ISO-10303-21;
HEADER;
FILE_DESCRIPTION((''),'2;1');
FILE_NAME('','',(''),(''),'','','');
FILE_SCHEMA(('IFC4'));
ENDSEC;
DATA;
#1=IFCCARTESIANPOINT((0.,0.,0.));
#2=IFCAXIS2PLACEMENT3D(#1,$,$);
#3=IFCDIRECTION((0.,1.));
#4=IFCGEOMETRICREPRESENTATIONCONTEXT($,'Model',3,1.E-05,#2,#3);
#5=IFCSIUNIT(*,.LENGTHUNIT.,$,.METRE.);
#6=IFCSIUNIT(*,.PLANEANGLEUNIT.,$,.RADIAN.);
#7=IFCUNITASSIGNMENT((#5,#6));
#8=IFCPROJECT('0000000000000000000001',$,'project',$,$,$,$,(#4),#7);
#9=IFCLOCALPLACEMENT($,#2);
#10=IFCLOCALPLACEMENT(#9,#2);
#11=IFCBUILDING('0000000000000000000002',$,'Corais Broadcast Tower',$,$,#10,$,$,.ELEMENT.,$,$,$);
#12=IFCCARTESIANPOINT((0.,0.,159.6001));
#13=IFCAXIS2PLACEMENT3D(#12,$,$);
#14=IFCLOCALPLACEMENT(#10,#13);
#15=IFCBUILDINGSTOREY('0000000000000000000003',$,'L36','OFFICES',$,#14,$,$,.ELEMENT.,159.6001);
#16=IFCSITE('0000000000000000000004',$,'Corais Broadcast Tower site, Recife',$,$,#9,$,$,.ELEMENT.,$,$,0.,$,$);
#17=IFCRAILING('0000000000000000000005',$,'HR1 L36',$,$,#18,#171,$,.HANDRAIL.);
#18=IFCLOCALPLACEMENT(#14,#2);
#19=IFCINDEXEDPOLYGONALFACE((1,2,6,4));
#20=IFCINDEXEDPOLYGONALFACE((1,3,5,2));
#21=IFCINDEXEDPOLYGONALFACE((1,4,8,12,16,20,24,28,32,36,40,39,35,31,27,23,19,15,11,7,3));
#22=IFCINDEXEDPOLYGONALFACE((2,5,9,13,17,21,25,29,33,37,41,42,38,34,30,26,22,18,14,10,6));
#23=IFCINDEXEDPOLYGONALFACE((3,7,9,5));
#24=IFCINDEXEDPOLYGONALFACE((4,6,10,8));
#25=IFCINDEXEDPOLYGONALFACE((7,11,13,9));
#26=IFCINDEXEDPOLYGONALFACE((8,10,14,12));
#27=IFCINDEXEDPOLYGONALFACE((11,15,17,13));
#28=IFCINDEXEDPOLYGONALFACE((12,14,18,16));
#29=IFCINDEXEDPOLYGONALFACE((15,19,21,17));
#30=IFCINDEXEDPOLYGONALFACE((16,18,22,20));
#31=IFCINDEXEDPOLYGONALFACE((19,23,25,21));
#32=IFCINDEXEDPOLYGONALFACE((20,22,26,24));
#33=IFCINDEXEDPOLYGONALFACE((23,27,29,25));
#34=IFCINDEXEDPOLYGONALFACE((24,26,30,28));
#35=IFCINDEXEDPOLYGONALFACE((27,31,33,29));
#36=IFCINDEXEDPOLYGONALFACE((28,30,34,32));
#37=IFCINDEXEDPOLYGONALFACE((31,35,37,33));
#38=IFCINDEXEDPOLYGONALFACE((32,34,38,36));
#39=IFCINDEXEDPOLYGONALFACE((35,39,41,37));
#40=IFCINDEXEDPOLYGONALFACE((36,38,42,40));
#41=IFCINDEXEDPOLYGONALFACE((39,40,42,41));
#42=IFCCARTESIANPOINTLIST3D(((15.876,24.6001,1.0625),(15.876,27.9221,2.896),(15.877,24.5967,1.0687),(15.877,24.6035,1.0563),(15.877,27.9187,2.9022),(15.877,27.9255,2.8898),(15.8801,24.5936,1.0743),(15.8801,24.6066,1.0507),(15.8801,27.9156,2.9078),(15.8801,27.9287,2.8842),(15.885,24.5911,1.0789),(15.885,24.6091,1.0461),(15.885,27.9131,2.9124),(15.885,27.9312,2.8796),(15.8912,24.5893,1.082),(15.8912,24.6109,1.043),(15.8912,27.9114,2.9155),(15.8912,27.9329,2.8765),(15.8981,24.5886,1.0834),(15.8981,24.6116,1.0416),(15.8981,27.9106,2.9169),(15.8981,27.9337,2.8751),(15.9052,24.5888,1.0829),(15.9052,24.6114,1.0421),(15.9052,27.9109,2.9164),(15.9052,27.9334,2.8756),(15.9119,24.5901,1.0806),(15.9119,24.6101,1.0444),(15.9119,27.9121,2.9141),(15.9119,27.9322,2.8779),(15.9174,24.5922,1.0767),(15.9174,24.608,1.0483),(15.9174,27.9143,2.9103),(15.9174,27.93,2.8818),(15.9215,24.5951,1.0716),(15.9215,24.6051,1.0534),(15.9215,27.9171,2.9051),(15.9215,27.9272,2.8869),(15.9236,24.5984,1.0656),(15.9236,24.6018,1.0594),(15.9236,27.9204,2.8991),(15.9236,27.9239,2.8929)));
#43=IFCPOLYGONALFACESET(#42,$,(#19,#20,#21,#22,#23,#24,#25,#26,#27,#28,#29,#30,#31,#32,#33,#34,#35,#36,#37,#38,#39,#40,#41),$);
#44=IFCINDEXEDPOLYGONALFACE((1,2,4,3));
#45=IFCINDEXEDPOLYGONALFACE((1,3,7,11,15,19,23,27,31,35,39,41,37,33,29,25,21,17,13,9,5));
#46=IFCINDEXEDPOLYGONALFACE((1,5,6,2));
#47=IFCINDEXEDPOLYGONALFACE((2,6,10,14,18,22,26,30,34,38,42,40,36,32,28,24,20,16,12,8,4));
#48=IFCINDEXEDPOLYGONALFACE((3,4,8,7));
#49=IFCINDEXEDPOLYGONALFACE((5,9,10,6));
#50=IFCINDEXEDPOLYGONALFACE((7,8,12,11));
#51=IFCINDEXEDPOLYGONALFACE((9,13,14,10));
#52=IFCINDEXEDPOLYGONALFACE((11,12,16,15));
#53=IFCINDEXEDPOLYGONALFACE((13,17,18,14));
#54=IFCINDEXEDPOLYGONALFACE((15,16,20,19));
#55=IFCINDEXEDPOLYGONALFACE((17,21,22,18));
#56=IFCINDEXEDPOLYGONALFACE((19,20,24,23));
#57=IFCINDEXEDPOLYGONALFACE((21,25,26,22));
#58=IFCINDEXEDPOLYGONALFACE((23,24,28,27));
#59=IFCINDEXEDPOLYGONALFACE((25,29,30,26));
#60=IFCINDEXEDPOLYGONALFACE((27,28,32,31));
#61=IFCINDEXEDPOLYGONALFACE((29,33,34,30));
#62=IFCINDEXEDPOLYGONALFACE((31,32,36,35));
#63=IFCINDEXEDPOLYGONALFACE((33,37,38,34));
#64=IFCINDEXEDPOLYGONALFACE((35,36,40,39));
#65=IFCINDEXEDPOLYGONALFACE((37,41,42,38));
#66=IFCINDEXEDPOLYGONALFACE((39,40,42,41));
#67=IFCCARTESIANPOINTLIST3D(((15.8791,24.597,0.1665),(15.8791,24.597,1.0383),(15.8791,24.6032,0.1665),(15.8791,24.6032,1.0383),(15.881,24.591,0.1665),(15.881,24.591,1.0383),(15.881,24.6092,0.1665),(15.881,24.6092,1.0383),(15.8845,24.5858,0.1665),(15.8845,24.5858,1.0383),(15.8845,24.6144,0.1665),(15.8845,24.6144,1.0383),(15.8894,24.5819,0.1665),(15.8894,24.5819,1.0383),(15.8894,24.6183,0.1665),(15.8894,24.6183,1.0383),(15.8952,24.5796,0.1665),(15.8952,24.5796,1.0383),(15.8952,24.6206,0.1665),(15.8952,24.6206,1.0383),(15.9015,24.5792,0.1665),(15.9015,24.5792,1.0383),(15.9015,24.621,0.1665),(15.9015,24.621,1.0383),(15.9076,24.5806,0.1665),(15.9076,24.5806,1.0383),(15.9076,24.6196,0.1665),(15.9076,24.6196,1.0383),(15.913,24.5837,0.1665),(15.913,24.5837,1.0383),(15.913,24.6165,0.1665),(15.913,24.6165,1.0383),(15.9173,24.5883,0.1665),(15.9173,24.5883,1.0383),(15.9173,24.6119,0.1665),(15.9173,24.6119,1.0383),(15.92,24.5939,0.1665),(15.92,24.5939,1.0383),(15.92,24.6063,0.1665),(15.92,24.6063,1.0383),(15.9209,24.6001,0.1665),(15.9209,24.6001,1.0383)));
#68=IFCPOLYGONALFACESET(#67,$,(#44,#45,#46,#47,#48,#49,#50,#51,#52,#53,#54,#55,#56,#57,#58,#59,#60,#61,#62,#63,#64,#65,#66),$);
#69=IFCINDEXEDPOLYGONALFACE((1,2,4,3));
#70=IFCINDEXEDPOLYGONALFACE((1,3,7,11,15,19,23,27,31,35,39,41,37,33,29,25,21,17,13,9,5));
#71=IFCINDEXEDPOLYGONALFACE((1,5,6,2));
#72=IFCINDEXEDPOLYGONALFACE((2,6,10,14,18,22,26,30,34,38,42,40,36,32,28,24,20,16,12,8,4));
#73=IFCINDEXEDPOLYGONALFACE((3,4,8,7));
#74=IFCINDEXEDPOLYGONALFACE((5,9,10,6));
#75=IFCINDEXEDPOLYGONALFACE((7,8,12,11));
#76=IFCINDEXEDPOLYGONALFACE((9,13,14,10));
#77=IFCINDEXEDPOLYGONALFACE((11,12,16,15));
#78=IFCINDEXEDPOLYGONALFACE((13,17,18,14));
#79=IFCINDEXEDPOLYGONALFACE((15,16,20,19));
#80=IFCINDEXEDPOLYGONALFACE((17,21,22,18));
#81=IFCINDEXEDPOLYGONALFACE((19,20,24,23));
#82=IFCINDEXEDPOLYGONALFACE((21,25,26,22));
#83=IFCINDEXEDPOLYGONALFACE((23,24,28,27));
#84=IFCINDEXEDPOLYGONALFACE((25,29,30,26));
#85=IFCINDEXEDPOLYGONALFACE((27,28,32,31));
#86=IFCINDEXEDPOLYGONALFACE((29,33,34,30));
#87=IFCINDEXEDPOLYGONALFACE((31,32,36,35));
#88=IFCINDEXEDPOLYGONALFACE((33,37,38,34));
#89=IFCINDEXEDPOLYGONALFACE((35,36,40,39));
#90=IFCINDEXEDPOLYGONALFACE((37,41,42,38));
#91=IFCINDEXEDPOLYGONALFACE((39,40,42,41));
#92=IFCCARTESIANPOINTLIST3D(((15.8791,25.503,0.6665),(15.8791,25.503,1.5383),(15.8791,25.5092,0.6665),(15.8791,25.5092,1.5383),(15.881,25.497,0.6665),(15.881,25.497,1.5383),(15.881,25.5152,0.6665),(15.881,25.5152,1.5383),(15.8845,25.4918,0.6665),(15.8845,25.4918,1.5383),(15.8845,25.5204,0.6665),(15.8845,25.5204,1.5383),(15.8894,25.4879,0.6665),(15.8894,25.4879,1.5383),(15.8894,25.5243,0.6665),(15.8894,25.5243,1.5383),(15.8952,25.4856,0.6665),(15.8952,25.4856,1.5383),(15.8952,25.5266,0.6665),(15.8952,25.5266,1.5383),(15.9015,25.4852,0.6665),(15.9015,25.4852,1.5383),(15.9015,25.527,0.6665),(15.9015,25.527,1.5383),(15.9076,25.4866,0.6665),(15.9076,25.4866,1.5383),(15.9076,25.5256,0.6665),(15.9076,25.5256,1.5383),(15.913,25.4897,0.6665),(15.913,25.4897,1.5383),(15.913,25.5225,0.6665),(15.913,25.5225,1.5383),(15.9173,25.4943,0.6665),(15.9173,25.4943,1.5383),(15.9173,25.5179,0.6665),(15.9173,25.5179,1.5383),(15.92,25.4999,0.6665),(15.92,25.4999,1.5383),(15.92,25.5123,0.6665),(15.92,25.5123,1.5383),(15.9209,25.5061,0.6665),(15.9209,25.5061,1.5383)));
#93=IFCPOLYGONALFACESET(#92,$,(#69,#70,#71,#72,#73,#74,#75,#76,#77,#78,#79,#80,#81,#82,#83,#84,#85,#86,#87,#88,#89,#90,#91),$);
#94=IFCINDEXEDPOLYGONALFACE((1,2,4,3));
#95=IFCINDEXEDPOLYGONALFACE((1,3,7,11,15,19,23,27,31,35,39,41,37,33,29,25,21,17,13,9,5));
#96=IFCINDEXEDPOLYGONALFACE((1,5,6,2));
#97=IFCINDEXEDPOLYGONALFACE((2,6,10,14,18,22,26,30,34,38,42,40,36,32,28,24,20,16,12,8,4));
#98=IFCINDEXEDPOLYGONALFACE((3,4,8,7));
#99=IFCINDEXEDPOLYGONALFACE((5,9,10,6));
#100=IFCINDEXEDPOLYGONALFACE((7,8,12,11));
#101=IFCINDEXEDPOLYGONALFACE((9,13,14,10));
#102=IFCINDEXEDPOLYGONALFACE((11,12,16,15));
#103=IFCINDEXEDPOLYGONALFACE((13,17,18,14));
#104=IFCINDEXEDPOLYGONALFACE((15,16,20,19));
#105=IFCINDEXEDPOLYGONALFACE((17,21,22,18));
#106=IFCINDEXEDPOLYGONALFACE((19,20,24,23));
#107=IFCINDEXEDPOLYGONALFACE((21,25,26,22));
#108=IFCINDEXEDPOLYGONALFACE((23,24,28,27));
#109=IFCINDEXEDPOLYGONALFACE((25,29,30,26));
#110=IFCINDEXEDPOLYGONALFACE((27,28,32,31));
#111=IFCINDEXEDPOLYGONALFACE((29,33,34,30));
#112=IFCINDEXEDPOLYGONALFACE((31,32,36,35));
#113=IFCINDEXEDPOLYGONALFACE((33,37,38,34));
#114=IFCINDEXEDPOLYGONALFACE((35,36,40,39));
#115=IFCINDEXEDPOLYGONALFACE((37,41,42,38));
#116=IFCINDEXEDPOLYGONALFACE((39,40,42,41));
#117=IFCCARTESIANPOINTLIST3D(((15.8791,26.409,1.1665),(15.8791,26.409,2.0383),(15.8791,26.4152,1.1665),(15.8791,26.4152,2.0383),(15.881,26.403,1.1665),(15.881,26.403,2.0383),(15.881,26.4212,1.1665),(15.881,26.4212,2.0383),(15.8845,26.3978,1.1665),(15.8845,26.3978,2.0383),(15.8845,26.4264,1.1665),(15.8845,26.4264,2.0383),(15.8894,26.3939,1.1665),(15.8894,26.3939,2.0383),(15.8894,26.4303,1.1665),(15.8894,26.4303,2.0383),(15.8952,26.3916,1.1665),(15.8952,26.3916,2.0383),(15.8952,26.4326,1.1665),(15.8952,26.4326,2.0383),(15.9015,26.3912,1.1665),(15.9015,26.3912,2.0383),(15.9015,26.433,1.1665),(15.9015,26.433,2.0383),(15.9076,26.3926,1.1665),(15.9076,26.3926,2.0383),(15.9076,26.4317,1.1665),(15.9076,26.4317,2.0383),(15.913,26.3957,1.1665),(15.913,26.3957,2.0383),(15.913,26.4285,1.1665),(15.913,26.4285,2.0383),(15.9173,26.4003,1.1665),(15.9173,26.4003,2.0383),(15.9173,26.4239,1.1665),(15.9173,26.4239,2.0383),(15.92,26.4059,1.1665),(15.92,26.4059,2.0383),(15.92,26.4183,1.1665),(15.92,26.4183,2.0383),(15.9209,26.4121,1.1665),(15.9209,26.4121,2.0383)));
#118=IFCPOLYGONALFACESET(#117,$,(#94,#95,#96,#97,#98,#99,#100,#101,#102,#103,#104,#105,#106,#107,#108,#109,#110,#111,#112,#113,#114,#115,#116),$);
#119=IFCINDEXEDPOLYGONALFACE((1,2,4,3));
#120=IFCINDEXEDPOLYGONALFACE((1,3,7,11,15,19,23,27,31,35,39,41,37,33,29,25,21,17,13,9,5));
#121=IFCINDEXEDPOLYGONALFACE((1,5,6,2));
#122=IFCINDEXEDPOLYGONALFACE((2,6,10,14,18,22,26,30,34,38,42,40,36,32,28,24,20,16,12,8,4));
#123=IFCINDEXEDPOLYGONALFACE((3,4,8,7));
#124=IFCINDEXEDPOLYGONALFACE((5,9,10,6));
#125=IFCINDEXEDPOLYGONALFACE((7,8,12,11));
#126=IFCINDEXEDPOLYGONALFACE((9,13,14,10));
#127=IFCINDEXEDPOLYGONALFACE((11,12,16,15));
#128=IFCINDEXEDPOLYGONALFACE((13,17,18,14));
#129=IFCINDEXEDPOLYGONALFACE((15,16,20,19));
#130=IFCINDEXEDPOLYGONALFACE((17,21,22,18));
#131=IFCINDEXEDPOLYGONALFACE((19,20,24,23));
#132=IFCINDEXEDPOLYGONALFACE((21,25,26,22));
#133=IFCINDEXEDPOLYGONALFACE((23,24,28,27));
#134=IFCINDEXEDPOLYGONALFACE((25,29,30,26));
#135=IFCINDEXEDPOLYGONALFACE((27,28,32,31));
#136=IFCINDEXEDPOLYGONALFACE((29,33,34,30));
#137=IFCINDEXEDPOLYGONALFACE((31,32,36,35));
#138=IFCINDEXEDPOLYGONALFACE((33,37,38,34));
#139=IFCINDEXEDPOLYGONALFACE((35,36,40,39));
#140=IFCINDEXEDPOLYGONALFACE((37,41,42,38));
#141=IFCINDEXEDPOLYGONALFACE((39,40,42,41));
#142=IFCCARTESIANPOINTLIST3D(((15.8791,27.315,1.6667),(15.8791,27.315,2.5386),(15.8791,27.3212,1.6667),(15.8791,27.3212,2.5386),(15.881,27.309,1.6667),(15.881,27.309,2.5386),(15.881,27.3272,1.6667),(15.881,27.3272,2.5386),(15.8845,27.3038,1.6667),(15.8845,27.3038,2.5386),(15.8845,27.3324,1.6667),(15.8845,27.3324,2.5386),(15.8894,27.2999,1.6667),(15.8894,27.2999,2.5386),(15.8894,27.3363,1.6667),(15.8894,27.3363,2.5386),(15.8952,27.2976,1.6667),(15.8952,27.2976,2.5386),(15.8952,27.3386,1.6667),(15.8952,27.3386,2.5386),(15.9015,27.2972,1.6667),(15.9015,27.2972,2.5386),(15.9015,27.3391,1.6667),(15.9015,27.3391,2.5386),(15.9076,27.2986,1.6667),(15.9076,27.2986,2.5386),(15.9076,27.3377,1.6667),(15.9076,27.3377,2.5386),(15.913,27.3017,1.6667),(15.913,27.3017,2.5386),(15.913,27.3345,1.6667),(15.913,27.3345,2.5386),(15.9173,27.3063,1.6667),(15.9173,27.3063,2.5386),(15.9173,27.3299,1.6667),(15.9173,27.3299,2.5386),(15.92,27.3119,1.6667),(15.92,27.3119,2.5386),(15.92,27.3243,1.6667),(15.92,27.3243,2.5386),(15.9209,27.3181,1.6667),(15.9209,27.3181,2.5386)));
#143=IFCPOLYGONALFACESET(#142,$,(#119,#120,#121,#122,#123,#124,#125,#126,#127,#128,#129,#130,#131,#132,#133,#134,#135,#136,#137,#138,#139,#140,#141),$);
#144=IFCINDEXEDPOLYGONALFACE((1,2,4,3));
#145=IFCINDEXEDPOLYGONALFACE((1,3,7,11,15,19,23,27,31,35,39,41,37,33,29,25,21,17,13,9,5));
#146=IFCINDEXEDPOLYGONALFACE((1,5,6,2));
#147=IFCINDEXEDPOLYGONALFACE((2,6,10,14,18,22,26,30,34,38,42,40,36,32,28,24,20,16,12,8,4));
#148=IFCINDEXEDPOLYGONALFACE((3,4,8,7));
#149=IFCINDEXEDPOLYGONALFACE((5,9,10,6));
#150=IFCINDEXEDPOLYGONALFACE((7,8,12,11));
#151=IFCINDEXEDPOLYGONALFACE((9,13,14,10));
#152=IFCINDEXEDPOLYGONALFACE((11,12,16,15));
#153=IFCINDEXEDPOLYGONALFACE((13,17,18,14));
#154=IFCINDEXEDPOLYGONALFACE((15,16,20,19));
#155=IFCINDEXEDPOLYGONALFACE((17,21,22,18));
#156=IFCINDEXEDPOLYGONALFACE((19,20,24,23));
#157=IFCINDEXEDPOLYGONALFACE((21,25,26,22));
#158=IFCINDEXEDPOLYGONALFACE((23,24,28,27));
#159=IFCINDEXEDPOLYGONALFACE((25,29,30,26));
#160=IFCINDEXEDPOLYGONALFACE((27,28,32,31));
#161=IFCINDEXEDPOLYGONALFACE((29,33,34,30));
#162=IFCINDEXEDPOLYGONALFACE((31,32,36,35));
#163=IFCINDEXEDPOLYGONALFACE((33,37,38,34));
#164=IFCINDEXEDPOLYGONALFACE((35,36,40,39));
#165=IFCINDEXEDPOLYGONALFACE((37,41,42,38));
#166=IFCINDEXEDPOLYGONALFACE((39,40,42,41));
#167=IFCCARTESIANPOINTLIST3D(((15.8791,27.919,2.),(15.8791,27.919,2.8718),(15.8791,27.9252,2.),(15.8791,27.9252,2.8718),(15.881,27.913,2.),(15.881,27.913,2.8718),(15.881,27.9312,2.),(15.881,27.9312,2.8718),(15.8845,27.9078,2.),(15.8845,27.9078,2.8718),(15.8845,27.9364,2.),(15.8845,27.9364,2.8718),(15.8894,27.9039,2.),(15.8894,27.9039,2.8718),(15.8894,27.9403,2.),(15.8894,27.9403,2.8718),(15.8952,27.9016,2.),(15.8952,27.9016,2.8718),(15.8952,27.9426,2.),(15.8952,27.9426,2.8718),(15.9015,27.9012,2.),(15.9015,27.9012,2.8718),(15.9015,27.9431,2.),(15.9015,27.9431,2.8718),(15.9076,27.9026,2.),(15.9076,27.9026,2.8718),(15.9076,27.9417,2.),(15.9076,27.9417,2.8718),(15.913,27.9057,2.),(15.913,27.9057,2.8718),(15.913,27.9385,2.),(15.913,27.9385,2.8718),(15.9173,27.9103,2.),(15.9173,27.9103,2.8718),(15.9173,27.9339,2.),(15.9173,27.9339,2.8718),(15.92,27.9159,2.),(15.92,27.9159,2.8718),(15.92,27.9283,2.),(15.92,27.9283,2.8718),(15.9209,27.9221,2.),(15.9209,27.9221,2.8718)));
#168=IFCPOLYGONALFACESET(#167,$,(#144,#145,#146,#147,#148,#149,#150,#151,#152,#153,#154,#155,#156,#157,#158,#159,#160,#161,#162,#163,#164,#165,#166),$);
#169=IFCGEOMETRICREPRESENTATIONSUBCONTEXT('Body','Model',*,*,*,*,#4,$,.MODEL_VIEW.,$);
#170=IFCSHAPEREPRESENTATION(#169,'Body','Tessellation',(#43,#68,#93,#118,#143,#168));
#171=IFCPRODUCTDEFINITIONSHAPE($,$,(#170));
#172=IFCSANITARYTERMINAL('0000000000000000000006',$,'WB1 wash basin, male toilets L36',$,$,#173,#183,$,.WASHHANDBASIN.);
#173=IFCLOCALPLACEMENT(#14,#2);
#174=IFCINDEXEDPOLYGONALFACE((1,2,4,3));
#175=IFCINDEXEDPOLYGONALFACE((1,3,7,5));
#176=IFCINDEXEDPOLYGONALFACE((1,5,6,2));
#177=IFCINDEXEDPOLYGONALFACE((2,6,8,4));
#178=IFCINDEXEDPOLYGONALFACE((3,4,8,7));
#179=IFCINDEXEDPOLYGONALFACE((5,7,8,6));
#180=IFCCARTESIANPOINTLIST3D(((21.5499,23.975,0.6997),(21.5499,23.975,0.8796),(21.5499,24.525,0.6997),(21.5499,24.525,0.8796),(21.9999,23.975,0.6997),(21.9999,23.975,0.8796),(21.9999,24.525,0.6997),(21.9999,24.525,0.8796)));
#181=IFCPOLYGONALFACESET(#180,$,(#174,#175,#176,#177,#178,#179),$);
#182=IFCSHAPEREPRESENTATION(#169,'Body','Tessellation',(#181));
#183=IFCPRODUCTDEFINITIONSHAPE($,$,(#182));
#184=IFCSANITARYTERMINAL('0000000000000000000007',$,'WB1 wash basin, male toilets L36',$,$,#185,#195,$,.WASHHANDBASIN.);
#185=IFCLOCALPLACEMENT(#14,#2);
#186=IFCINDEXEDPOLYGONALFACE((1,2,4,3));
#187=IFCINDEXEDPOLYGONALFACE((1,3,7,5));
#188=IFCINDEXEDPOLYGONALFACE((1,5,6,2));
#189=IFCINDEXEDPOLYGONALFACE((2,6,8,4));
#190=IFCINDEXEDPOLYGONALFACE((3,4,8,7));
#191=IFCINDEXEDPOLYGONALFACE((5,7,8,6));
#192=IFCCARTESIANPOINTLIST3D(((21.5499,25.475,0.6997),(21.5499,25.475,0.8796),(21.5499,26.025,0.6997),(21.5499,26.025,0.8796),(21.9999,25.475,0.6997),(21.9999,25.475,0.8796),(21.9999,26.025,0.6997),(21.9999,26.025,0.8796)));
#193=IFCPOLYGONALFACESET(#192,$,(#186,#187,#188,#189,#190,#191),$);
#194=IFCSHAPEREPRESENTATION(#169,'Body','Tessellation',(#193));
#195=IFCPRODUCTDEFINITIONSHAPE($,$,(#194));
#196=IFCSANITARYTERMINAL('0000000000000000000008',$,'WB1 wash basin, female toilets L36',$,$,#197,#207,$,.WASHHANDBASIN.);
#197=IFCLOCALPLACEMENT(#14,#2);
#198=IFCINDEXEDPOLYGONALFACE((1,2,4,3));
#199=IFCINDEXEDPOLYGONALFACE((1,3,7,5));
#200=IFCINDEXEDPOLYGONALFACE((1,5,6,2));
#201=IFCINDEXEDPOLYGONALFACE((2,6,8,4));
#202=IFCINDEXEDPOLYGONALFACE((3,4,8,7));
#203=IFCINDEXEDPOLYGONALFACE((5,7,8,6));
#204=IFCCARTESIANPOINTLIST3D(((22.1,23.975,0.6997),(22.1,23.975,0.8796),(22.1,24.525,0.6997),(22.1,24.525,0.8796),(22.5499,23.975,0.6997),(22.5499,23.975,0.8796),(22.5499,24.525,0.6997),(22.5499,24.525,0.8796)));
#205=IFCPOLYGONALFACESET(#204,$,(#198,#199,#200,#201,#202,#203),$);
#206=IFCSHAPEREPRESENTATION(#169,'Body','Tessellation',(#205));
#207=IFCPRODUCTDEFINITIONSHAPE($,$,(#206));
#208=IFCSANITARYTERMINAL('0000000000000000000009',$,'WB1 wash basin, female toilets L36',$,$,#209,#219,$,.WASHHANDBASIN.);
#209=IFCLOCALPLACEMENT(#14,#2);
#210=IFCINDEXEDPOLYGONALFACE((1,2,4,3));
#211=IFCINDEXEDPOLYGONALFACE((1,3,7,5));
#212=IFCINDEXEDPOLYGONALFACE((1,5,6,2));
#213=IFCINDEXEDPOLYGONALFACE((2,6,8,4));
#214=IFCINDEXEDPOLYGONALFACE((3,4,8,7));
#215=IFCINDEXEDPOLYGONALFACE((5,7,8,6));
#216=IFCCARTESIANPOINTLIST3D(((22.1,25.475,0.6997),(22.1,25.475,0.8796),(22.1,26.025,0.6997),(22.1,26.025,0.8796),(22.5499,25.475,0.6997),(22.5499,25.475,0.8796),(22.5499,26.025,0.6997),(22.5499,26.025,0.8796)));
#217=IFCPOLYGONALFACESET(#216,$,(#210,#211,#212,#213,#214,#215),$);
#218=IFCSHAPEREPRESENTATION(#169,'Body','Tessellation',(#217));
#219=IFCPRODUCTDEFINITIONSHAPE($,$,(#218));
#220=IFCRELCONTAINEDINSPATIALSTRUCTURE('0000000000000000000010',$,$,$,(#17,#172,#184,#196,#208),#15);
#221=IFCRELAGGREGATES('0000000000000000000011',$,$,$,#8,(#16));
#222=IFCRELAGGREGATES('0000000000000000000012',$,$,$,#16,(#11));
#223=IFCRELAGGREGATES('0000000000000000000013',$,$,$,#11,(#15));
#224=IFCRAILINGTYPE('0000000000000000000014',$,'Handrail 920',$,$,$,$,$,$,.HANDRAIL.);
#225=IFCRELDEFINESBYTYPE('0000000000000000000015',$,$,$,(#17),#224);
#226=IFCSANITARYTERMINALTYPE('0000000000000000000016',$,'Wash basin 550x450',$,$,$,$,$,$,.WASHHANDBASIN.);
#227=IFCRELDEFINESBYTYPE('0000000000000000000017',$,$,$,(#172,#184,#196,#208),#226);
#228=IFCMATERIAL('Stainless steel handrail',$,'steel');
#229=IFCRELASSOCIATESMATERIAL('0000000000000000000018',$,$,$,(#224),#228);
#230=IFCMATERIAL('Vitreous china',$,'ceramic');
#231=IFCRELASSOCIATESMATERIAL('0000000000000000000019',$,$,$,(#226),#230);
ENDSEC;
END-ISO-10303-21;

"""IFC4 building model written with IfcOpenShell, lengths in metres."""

from ifc_helpers import new_model, si_unit, direction, frame, origin, origin_2d, place, context, subcontext, project, spatial, rectangle, circle, extrude, material, type_object, element, save


model = new_model("IFC4")

# Units and contexts
model_context = context("Model", 3, precision=1e-05, world=origin(), true_north=direction((0.0, 1.0)))
body_context = subcontext(model_context, "Body", "Model", "MODEL_VIEW")
ifc_project = project(units=[si_unit("LENGTHUNIT", "METRE"), si_unit("PLANEANGLEUNIT", "RADIAN")], contexts=[model_context])

# Site, building, storey
site_placement = place(None, origin())
site = spatial("IfcSite", under=ifc_project, at=site_placement, Name="Corais Broadcast Tower site, Recife", CompositionType="ELEMENT", RefElevation=0.0)
building_placement = place(site_placement, origin())
building = spatial("IfcBuilding", under=site, at=building_placement, Name="Corais Broadcast Tower", CompositionType="ELEMENT")
storey_placement = place(building_placement, frame((0.0, 0.0, 159.6001)))
storey = spatial("IfcBuildingStorey", under=building, at=storey_placement, Name="L36", Description="OFFICES", CompositionType="ELEMENT", Elevation=159.6001)

# Railing
ifc_material_1 = material(Name="Stainless steel handrail", Category="steel")
railing_type = type_object("IfcRailingType", Name="Handrail 920", PredefinedType="HANDRAIL", material=ifc_material_1)
for number, where, name in (
    (1, (15.8999, 24.6001, 0.1665), "HR1 L36"),
):
    element("IfcRailing", number, at=place(storey_placement, frame(where)), inside=storey, type_object=railing_type, Name=name, PredefinedType="HANDRAIL", context=body_context, shape_type="SweptSolid", body=[
        extrude(circle(Radius=0.0239, at=origin_2d()), frame((0.0, 0.0, 0.896), z_axis=(0.0, 0.875504, 0.48321), x_axis=(-1.0, 0.0, 0.0)), (0.0, 0.0, 1.0), 3.7944),
        extrude(circle(Radius=0.021, at=origin_2d()), origin(), (0.0, 0.0, 1.0), 0.8718),
        extrude(circle(Radius=0.021, at=origin_2d()), frame((0.0, 0.906, 0.5)), (0.0, 0.0, 1.0), 0.8718),
        extrude(circle(Radius=0.021, at=origin_2d()), frame((0.0, 1.812, 1.0)), (0.0, 0.0, 1.0), 0.8718),
        extrude(circle(Radius=0.021, at=origin_2d()), frame((0.0, 2.718, 1.5002)), (0.0, 0.0, 1.0), 0.8718),
        extrude(circle(Radius=0.021, at=origin_2d()), frame((0.0, 3.322, 1.8335)), (0.0, 0.0, 1.0), 0.8718),
    ])

# Sanitary terminals
ifc_material_2 = material(Name="Vitreous china", Category="ceramic")
sanitary_terminal_type = type_object("IfcSanitaryTerminalType", Name="Wash basin 550x450", PredefinedType="WASHHANDBASIN", material=ifc_material_2)
for number, where, z_axis, x_axis, name in (
    (2, (21.7749, 24.25, 0.6997), (0.0, 0.0, 1.0), (1.0, 0.0, 0.0), "WB1 wash basin, male toilets L36"),
    (3, (21.7749, 25.75, 0.6997), (0.0, 0.0, 1.0), (1.0, 0.0, 0.0), "WB1 wash basin, male toilets L36"),
    (4, (22.325, 24.25, 0.6997), (0.0, 0.0, 1.0), (1.0, 0.0, 0.0), "WB1 wash basin, female toilets L36"),
    (5, (22.325, 25.75, 0.6997), (0.0, 0.0, 1.0), (1.0, 0.0, 0.0), "WB1 wash basin, female toilets L36"),
):
    element("IfcSanitaryTerminal", number, at=place(storey_placement, frame(where, z_axis=z_axis, x_axis=x_axis)), inside=storey, type_object=sanitary_terminal_type, Name=name, PredefinedType="WASHHANDBASIN", context=body_context, shape_type="SweptSolid", body=[
        extrude(rectangle(XDim=0.45, YDim=0.55, at=origin_2d()), origin(), (0.0, 0.0, 1.0), 0.1799),
    ])

save(model, "model.ifc")
